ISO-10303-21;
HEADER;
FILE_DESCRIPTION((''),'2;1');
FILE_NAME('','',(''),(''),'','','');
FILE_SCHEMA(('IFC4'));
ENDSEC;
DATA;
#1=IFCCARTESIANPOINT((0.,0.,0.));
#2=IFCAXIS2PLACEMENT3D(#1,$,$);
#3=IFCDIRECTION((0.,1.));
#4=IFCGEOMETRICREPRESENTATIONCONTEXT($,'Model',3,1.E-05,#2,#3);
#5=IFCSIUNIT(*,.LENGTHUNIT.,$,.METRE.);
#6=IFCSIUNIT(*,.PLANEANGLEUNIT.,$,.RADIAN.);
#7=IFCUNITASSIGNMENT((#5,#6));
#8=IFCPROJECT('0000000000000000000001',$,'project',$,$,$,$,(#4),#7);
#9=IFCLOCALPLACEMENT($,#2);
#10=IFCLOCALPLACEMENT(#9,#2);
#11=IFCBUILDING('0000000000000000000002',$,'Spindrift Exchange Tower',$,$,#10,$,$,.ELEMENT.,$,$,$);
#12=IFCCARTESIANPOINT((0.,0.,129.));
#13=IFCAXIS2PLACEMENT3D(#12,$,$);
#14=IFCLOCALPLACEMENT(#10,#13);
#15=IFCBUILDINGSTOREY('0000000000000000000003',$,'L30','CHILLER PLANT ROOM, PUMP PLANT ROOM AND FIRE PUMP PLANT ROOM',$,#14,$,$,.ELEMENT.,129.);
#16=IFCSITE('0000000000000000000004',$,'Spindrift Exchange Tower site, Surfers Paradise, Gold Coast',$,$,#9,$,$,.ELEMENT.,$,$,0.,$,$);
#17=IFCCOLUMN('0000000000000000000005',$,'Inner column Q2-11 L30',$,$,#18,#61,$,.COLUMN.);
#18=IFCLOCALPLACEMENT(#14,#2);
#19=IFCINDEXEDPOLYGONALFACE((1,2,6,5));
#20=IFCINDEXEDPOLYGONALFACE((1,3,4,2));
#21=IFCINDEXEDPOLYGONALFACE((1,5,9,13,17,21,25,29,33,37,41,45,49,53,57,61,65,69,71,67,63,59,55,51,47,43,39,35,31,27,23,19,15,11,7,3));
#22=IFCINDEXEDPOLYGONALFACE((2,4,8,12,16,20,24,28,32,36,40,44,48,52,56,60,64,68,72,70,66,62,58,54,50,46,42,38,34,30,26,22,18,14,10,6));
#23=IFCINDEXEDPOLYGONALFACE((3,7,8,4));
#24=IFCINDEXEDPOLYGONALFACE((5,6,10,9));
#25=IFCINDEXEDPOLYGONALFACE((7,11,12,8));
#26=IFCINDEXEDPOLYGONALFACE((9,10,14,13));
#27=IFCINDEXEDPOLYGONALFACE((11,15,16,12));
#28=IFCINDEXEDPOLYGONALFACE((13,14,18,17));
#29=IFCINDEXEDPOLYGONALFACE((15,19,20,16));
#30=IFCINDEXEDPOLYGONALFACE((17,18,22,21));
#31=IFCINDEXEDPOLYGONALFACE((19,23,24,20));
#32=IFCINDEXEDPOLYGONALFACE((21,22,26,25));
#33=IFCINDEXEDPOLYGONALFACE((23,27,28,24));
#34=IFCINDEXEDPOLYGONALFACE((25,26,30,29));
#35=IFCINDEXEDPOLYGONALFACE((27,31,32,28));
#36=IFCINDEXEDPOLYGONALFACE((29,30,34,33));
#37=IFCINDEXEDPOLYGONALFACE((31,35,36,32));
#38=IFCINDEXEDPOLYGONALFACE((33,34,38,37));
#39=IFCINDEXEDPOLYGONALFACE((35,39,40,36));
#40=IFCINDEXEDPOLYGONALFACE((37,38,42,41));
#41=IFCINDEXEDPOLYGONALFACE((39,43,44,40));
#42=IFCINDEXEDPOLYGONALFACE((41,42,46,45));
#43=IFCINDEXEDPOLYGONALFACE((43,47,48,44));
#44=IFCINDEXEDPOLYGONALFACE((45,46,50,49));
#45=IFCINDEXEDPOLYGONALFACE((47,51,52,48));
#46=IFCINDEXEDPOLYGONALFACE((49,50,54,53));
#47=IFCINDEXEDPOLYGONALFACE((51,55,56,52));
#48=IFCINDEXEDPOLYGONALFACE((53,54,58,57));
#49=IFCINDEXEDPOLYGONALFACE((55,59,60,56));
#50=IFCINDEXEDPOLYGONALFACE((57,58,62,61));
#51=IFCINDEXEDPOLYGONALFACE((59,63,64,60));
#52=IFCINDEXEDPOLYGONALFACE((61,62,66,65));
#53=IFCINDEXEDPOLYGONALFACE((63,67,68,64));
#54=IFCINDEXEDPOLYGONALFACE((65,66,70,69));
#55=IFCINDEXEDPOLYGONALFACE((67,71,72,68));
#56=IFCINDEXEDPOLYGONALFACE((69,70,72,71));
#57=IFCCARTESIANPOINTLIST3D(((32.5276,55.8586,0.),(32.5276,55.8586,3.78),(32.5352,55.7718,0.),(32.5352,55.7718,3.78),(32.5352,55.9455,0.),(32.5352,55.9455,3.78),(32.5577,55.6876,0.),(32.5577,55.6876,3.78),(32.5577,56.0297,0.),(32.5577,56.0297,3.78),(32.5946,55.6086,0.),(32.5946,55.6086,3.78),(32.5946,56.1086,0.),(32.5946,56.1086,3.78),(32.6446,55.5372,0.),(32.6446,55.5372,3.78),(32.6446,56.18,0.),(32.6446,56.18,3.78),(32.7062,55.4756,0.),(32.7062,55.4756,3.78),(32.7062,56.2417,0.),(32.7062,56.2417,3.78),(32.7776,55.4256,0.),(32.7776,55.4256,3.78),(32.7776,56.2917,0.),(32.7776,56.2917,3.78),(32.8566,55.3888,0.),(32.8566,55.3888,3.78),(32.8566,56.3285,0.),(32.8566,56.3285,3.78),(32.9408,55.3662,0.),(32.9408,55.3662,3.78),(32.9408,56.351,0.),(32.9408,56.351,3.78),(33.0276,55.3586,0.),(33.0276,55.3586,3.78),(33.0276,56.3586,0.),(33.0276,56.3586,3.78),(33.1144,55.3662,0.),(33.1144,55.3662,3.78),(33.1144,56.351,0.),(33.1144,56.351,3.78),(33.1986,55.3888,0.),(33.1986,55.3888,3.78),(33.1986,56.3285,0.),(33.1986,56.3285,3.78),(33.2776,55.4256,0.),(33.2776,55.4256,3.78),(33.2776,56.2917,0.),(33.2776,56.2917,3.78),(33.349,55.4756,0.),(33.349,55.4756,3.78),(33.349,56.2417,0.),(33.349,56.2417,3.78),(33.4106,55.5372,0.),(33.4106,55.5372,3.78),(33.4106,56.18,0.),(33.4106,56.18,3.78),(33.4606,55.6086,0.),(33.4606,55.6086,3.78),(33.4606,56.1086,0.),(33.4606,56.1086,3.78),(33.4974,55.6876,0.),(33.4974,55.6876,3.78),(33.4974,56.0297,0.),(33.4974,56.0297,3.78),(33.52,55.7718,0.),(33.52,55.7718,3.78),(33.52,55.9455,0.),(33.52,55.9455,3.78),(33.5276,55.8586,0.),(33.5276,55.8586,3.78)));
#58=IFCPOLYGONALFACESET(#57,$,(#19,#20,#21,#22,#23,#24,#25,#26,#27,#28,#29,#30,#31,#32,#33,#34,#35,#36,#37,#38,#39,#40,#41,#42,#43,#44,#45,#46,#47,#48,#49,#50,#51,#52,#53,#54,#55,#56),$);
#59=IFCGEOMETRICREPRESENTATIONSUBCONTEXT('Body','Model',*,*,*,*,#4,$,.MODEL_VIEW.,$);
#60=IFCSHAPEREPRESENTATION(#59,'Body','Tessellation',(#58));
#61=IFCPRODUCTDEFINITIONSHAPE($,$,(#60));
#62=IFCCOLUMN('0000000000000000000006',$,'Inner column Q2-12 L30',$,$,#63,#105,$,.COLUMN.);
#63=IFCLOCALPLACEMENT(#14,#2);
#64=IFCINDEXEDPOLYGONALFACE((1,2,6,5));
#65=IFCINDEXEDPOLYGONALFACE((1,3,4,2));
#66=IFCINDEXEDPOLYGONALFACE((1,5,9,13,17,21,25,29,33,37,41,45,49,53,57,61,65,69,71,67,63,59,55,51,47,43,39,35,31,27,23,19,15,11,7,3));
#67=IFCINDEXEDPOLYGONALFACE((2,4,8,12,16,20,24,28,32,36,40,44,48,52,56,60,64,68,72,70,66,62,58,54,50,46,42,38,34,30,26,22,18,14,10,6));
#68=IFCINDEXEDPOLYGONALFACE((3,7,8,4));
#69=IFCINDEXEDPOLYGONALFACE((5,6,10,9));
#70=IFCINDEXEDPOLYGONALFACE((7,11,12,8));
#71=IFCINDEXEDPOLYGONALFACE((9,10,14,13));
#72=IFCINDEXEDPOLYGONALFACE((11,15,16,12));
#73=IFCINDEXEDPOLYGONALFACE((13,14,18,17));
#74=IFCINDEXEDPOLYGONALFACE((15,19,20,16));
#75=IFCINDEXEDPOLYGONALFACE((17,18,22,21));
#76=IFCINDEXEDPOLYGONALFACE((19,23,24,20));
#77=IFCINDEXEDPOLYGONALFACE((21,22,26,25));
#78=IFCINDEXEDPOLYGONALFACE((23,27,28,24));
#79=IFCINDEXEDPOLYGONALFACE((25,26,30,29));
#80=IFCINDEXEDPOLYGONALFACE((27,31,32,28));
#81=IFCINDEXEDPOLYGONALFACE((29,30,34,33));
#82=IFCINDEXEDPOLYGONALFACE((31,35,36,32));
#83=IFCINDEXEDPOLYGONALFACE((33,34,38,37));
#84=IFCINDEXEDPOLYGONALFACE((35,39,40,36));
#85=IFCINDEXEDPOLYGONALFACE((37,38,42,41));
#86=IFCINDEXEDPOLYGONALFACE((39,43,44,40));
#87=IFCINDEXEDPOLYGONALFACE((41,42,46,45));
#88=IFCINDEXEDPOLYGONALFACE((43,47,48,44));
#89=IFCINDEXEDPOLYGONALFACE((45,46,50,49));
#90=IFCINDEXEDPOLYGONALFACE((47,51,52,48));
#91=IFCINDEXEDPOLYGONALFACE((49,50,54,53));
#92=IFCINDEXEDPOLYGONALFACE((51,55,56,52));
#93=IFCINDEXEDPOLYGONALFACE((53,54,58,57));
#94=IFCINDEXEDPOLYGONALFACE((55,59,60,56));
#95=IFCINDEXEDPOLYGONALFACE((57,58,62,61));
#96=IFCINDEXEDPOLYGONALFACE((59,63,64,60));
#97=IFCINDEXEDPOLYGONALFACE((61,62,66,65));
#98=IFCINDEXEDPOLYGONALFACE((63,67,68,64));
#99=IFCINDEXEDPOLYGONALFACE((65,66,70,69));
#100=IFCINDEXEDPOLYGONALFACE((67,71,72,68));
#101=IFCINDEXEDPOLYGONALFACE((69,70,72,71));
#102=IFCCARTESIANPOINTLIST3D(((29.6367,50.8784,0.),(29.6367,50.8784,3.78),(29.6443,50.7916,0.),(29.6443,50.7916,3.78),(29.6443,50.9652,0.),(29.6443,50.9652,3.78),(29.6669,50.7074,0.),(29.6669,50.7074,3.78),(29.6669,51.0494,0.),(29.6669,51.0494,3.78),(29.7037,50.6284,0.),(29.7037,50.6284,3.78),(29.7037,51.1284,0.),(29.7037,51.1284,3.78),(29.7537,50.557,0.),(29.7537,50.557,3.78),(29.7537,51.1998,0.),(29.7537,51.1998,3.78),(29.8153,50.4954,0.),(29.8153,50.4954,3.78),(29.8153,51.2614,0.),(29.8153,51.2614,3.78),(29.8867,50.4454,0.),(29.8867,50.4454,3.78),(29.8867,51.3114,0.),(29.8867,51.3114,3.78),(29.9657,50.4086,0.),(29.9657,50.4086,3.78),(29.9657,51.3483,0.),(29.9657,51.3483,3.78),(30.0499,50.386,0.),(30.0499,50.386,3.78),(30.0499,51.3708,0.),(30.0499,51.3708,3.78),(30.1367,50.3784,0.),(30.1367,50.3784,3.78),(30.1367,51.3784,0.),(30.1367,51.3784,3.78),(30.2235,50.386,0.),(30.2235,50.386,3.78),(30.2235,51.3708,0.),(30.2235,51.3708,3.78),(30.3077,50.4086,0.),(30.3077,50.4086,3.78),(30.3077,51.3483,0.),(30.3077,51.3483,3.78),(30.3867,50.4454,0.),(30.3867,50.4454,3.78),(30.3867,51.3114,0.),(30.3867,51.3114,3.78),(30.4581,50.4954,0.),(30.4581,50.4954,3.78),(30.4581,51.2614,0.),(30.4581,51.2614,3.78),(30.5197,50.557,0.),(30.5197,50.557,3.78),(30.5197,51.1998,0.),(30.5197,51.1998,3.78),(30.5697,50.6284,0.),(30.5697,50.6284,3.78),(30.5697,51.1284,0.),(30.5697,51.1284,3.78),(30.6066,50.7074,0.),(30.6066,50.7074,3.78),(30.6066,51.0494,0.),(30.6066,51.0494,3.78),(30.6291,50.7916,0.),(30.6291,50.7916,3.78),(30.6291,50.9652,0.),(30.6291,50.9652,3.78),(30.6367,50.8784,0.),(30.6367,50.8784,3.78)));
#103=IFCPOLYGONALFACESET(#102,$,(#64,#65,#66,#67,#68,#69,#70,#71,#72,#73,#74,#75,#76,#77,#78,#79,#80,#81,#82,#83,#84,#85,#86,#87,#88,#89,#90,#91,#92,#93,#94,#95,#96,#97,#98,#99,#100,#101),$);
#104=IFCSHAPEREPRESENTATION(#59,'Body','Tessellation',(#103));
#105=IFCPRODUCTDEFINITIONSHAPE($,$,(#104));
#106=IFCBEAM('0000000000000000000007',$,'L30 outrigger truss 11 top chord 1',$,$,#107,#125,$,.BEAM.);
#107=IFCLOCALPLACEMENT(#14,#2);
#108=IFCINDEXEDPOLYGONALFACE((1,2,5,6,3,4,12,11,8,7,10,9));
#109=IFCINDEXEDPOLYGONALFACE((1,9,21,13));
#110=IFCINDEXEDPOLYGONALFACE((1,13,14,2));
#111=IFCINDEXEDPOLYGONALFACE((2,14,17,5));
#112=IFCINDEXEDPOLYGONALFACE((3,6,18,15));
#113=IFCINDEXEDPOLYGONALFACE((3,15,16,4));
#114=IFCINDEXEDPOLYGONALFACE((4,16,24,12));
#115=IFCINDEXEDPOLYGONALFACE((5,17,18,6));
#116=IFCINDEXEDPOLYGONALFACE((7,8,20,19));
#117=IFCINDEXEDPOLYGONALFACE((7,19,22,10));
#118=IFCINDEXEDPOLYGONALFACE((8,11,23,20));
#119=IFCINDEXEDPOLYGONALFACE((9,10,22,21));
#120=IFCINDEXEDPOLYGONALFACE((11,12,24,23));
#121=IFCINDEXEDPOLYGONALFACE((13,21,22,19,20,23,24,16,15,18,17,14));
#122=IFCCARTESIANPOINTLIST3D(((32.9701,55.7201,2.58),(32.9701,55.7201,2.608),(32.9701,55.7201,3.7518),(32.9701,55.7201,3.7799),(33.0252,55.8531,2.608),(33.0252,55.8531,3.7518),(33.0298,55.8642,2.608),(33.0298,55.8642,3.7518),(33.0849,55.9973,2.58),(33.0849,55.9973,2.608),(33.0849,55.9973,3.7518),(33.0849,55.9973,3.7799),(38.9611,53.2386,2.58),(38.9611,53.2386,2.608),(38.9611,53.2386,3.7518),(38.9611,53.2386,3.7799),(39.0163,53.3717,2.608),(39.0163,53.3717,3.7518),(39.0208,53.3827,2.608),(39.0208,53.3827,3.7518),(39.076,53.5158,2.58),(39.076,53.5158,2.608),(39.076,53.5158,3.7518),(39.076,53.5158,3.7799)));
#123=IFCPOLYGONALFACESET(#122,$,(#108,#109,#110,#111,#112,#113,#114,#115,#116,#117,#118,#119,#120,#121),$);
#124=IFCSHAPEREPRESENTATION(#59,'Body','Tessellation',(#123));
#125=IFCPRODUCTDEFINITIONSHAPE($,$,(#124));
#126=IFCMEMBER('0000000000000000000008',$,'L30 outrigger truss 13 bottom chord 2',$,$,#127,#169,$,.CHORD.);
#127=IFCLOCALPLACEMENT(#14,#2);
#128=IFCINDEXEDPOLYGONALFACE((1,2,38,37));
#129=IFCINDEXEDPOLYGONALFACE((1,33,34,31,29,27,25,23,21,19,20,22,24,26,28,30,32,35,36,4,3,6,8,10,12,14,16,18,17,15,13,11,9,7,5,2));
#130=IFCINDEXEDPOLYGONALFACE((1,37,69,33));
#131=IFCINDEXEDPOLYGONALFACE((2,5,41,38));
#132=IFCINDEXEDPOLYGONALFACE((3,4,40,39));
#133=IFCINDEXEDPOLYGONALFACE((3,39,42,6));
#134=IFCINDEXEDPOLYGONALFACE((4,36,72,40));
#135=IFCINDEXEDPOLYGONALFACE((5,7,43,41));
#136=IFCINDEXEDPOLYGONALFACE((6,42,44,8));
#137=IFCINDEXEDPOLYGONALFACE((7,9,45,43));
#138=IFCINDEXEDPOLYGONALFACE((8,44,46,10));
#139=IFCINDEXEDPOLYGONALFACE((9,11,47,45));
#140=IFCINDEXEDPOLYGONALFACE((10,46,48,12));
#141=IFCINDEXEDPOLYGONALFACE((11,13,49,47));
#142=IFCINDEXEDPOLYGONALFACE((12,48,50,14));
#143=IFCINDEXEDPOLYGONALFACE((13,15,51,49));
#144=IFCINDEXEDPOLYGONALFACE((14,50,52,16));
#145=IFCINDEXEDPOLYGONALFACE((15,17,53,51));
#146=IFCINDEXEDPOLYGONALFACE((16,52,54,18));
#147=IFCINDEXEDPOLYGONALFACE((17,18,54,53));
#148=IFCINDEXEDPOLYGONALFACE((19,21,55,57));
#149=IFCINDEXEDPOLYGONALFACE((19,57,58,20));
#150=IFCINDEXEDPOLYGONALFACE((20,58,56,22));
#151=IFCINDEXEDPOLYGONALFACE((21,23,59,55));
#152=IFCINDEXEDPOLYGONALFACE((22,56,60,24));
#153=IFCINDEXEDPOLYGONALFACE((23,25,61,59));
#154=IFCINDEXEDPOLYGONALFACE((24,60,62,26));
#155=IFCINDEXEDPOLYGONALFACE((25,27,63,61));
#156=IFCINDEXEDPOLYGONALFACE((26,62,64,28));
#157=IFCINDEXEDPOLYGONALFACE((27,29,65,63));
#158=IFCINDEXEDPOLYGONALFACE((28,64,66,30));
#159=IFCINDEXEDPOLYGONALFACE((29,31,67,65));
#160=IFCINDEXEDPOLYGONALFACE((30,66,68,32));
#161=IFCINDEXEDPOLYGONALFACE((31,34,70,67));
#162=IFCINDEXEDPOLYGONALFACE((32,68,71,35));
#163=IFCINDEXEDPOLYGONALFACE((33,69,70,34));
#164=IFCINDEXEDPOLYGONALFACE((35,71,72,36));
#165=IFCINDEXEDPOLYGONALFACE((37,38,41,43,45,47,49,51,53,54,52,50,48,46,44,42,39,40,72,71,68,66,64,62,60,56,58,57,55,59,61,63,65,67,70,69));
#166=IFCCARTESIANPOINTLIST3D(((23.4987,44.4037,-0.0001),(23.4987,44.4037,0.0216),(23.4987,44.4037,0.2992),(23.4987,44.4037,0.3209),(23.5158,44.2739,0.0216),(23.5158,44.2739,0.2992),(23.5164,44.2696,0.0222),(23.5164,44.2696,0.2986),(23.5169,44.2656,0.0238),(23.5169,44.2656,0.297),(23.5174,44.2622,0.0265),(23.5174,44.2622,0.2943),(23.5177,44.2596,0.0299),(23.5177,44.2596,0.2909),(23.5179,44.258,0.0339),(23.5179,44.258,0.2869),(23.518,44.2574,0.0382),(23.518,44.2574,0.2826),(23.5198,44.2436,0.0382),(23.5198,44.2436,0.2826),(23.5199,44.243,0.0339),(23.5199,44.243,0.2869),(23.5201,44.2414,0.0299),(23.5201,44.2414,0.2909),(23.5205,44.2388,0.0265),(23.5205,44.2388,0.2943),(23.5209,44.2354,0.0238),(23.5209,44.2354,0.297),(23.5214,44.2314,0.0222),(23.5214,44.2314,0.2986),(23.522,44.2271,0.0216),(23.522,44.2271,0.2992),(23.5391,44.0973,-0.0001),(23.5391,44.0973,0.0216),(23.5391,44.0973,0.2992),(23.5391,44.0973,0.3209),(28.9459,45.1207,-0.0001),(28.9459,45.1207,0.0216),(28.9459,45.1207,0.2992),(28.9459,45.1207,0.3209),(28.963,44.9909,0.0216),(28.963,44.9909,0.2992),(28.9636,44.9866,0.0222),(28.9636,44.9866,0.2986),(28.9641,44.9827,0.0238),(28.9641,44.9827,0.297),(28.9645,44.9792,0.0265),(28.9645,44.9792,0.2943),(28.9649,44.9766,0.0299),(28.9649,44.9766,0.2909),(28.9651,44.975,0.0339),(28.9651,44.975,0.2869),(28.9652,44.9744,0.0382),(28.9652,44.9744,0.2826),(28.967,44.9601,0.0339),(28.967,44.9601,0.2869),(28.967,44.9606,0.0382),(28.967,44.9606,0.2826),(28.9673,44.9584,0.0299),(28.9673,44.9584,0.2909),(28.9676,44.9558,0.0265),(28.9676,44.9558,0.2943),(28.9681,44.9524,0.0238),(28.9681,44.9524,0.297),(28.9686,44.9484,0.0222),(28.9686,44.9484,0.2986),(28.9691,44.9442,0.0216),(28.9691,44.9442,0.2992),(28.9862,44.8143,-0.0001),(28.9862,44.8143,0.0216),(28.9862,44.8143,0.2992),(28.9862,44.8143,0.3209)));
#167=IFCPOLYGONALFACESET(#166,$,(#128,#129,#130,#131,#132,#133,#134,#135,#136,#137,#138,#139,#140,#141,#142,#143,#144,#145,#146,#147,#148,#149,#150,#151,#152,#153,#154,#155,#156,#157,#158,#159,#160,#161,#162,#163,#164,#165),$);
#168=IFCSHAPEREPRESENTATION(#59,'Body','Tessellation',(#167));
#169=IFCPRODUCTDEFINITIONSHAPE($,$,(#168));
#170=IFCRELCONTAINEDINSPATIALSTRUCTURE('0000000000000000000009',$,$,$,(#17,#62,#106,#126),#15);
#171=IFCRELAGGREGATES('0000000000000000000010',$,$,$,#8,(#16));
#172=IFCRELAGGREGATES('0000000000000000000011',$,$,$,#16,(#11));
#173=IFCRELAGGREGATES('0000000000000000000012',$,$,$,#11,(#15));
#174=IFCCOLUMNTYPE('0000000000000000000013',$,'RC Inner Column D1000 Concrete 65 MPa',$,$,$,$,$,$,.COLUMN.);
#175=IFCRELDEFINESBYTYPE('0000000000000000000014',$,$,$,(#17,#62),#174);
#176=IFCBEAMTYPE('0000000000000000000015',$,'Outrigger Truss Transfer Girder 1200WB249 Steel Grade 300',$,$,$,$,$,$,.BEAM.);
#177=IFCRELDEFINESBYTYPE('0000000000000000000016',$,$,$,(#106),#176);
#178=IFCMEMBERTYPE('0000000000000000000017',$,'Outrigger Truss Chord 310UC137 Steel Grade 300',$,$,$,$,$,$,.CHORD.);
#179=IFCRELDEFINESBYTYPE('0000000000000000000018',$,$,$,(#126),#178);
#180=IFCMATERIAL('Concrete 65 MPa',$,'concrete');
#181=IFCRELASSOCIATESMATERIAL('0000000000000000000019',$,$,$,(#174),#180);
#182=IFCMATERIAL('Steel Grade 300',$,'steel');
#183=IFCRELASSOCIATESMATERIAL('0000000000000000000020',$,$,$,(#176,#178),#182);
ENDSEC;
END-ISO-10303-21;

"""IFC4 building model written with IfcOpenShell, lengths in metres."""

from ifc_helpers import new_model, si_unit, direction, frame, origin, origin_2d, place, context, subcontext, project, spatial, circle, i_section, extrude, source, transform, mapped, material, material_profile, profile_set, type_object, element, save


model = new_model("IFC4")

# Units and contexts
model_context = context("Model", 3, precision=1e-05, world=origin(), true_north=direction((0.0, 1.0)))
body_context = subcontext(model_context, "Body", "Model", "MODEL_VIEW")
ifc_project = project(units=[si_unit("LENGTHUNIT", "METRE"), si_unit("PLANEANGLEUNIT", "RADIAN")], contexts=[model_context])

# Site, building, storey
site_placement = place(None, origin())
site = spatial("IfcSite", under=ifc_project, at=site_placement, Name="Spindrift Exchange Tower site, Surfers Paradise, Gold Coast", CompositionType="ELEMENT", RefElevation=0.0)
building_placement = place(site_placement, origin())
building = spatial("IfcBuilding", under=site, at=building_placement, Name="Spindrift Exchange Tower", CompositionType="ELEMENT")
storey_placement = place(building_placement, frame((0.0, 0.0, 129.0)))
storey = spatial("IfcBuildingStorey", under=building, at=storey_placement, Name="L30", Description="CHILLER PLANT ROOM, PUMP PLANT ROOM AND FIRE PUMP PLANT ROOM", CompositionType="ELEMENT", Elevation=129.0)

# Columns
ifc_material_1 = material(Name="Concrete 65 MPa", Category="concrete")
ifc_material_profile_1 = material_profile(ifc_material_1, circle(Radius=0.5, at=origin_2d()), Name="RC D1000")
ifc_profile_set_1 = profile_set([ifc_material_profile_1], Name="Concrete 65 MPa")
column_type = type_object("IfcColumnType", Name="RC Inner Column D1000 Concrete 65 MPa", PredefinedType="COLUMN", material=ifc_profile_set_1)
shared_shape_1 = source(origin(), body_context, "Body", "SweptSolid", [
    extrude(circle(Radius=0.5, at=origin_2d()), origin(), (0.0, 0.0, 1.0), 3.78),
])
for number, where, z_axis, x_axis, name in (
    (1, (33.0276, 55.8586, 0.0), (0.0, 0.0, 1.0), (1.0, 0.0, 0.0), "Inner column Q2-11 L30"),
    (2, (30.1367, 50.8784, 0.0), (0.0, 0.0, 1.0), (1.0, 0.0, 0.0), "Inner column Q2-12 L30"),
):
    element("IfcColumn", number, at=place(storey_placement, frame(where, z_axis=z_axis, x_axis=x_axis)), inside=storey, type_object=column_type, Name=name, PredefinedType="COLUMN", context=body_context, shape_type="MappedRepresentation", body=[
        mapped(shared_shape_1, transform((0.0, 0.0, 0.0), scale=1.0)),
    ])

# Beam
ifc_material_2 = material(Name="Steel Grade 300", Category="steel")
ifc_material_profile_2 = material_profile(ifc_material_2, i_section(OverallWidth=0.3, OverallDepth=1.2, WebThickness=0.012, FlangeThickness=0.0281, at=origin_2d()), Name="1200WB249")
ifc_profile_set_2 = profile_set([ifc_material_profile_2], Name="Steel Grade 300")
beam_type = type_object("IfcBeamType", Name="Outrigger Truss Transfer Girder 1200WB249 Steel Grade 300", PredefinedType="BEAM", material=ifc_profile_set_2)
shared_shape_2 = source(origin(), body_context, "Body", "SweptSolid", [
    extrude(i_section(OverallWidth=0.3, OverallDepth=1.2, WebThickness=0.012, FlangeThickness=0.0281, at=origin_2d()), origin(), (0.0, 0.0, 1.0), 6.4846),
])
beam_1_placement = place(storey_placement, frame((39.0186, 53.3772, 3.1799), z_axis=(-0.923885, 0.382671, 0.0), x_axis=(-0.382671, -0.923885, 0.0)))
element("IfcBeam", 3, at=beam_1_placement, inside=storey, type_object=beam_type, Name="L30 outrigger truss 11 top chord 1", PredefinedType="BEAM", context=body_context, shape_type="MappedRepresentation", body=[
    mapped(shared_shape_2, transform((0.0, 0.0, 0.0), scale=1.0)),
])

# Member
ifc_material_profile_3 = material_profile(ifc_material_2, i_section(OverallWidth=0.3091, OverallDepth=0.321, WebThickness=0.0139, FlangeThickness=0.0217, FilletRadius=0.0166, at=origin_2d()), Name="310UC137")
ifc_profile_set_3 = profile_set([ifc_material_profile_3], Name="Steel Grade 300")
member_type_1 = type_object("IfcMemberType", Name="Outrigger Truss Chord 310UC137 Steel Grade 300", PredefinedType="CHORD", material=ifc_profile_set_3)
shared_shape_3 = source(origin(), body_context, "Body", "SweptSolid", [
    extrude(i_section(OverallWidth=0.3091, OverallDepth=0.321, WebThickness=0.0139, FlangeThickness=0.0217, FilletRadius=0.0166, at=origin_2d()), origin(), (0.0, 0.0, 1.0), 5.4941),
])
member_1_placement = place(storey_placement, frame((28.9661, 44.9675, 0.1604), z_axis=(-0.991447, -0.130507, 0.0), x_axis=(0.130507, -0.991447, 0.0)))
element("IfcMember", 4, at=member_1_placement, inside=storey, type_object=member_type_1, Name="L30 outrigger truss 13 bottom chord 2", PredefinedType="CHORD", context=body_context, shape_type="MappedRepresentation", body=[
    mapped(shared_shape_3, transform((0.0, 0.0, 0.0), scale=1.0)),
])

save(model, "model.ifc")
